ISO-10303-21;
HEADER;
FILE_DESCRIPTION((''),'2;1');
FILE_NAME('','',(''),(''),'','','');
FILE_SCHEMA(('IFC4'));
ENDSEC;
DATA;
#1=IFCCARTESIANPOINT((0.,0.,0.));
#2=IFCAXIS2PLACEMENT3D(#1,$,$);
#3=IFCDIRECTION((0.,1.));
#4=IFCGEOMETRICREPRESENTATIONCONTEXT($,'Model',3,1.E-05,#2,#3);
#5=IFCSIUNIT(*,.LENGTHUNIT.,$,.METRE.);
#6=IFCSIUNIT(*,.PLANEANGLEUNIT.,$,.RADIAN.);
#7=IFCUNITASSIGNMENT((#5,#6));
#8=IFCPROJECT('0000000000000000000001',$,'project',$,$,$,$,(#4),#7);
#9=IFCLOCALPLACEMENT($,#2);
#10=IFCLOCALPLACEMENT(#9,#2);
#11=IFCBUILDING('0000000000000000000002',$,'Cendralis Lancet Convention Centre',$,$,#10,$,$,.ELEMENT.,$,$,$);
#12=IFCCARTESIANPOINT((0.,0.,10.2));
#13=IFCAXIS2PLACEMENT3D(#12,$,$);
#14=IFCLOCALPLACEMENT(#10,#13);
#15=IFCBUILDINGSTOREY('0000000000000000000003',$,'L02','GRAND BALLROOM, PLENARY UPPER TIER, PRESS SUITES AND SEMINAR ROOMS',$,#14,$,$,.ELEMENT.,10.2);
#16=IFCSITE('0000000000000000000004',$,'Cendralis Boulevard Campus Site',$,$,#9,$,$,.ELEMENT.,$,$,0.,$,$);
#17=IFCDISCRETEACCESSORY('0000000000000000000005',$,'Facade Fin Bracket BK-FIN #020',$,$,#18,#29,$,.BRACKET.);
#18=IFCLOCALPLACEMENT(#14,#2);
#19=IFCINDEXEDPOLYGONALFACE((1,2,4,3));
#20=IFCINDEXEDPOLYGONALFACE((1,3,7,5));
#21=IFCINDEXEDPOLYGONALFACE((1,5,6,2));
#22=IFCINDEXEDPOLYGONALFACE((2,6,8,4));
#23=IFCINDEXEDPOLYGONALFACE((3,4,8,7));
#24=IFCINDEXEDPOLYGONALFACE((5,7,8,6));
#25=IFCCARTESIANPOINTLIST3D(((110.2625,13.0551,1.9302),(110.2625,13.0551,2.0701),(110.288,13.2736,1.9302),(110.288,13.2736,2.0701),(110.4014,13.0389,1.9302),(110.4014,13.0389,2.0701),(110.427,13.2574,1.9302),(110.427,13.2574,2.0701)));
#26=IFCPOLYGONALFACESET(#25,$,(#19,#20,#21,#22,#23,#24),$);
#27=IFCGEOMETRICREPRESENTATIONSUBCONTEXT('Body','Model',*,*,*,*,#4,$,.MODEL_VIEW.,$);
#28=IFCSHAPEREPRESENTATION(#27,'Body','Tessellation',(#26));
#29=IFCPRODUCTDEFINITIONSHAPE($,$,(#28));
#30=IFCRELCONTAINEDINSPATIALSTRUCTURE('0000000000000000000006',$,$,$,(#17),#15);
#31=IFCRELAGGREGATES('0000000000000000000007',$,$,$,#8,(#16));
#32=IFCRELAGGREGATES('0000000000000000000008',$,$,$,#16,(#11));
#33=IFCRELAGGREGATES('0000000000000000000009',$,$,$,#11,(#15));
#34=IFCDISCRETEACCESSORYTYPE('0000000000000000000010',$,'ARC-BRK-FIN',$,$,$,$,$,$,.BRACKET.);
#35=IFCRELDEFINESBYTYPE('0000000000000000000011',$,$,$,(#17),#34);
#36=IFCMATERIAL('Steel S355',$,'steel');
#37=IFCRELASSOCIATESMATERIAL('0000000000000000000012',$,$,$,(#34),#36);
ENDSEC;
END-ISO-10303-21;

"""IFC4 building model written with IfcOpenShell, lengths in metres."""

from ifc_helpers import new_model, si_unit, direction, frame, origin, origin_2d, place, context, subcontext, project, spatial, rectangle, extrude, material, type_object, element, save


model = new_model("IFC4")

# Units and contexts
model_context = context("Model", 3, precision=1e-05, world=origin(), true_north=direction((0.0, 1.0)))
body_context = subcontext(model_context, "Body", "Model", "MODEL_VIEW")
ifc_project = project(units=[si_unit("LENGTHUNIT", "METRE"), si_unit("PLANEANGLEUNIT", "RADIAN")], contexts=[model_context])

# Site, building, storey
site_placement = place(None, origin())
site = spatial("IfcSite", under=ifc_project, at=site_placement, Name="Cendralis Boulevard Campus Site", CompositionType="ELEMENT", RefElevation=0.0)
building_placement = place(site_placement, origin())
building = spatial("IfcBuilding", under=site, at=building_placement, Name="Cendralis Lancet Convention Centre", CompositionType="ELEMENT")
storey_placement = place(building_placement, frame((0.0, 0.0, 10.2)))
storey = spatial("IfcBuildingStorey", under=building, at=storey_placement, Name="L02", Description="GRAND BALLROOM, PLENARY UPPER TIER, PRESS SUITES AND SEMINAR ROOMS", CompositionType="ELEMENT", Elevation=10.2)

# Shared definitions
ifc_material_1 = material(Name="Steel S355", Category="steel")

# Discrete accessory
discrete_accessory_type = type_object("IfcDiscreteAccessoryType", Name="ARC-BRK-FIN", PredefinedType="BRACKET", material=ifc_material_1)
discrete_accessory_placement = place(storey_placement, frame((110.3447, 13.1562, 1.9302), z_axis=(0.0, 0.0, 1.0), x_axis=(0.993228, -0.116185, 0.0)))
element("IfcDiscreteAccessory", 1, at=discrete_accessory_placement, inside=storey, type_object=discrete_accessory_type, Name="Facade Fin Bracket BK-FIN #020", PredefinedType="BRACKET", context=body_context, shape_type="SweptSolid", body=[
    extrude(rectangle(XDim=0.1399, YDim=0.22, at=origin_2d()), origin(), (0.0, 0.0, 1.0), 0.1399),
])

save(model, "model.ifc")
